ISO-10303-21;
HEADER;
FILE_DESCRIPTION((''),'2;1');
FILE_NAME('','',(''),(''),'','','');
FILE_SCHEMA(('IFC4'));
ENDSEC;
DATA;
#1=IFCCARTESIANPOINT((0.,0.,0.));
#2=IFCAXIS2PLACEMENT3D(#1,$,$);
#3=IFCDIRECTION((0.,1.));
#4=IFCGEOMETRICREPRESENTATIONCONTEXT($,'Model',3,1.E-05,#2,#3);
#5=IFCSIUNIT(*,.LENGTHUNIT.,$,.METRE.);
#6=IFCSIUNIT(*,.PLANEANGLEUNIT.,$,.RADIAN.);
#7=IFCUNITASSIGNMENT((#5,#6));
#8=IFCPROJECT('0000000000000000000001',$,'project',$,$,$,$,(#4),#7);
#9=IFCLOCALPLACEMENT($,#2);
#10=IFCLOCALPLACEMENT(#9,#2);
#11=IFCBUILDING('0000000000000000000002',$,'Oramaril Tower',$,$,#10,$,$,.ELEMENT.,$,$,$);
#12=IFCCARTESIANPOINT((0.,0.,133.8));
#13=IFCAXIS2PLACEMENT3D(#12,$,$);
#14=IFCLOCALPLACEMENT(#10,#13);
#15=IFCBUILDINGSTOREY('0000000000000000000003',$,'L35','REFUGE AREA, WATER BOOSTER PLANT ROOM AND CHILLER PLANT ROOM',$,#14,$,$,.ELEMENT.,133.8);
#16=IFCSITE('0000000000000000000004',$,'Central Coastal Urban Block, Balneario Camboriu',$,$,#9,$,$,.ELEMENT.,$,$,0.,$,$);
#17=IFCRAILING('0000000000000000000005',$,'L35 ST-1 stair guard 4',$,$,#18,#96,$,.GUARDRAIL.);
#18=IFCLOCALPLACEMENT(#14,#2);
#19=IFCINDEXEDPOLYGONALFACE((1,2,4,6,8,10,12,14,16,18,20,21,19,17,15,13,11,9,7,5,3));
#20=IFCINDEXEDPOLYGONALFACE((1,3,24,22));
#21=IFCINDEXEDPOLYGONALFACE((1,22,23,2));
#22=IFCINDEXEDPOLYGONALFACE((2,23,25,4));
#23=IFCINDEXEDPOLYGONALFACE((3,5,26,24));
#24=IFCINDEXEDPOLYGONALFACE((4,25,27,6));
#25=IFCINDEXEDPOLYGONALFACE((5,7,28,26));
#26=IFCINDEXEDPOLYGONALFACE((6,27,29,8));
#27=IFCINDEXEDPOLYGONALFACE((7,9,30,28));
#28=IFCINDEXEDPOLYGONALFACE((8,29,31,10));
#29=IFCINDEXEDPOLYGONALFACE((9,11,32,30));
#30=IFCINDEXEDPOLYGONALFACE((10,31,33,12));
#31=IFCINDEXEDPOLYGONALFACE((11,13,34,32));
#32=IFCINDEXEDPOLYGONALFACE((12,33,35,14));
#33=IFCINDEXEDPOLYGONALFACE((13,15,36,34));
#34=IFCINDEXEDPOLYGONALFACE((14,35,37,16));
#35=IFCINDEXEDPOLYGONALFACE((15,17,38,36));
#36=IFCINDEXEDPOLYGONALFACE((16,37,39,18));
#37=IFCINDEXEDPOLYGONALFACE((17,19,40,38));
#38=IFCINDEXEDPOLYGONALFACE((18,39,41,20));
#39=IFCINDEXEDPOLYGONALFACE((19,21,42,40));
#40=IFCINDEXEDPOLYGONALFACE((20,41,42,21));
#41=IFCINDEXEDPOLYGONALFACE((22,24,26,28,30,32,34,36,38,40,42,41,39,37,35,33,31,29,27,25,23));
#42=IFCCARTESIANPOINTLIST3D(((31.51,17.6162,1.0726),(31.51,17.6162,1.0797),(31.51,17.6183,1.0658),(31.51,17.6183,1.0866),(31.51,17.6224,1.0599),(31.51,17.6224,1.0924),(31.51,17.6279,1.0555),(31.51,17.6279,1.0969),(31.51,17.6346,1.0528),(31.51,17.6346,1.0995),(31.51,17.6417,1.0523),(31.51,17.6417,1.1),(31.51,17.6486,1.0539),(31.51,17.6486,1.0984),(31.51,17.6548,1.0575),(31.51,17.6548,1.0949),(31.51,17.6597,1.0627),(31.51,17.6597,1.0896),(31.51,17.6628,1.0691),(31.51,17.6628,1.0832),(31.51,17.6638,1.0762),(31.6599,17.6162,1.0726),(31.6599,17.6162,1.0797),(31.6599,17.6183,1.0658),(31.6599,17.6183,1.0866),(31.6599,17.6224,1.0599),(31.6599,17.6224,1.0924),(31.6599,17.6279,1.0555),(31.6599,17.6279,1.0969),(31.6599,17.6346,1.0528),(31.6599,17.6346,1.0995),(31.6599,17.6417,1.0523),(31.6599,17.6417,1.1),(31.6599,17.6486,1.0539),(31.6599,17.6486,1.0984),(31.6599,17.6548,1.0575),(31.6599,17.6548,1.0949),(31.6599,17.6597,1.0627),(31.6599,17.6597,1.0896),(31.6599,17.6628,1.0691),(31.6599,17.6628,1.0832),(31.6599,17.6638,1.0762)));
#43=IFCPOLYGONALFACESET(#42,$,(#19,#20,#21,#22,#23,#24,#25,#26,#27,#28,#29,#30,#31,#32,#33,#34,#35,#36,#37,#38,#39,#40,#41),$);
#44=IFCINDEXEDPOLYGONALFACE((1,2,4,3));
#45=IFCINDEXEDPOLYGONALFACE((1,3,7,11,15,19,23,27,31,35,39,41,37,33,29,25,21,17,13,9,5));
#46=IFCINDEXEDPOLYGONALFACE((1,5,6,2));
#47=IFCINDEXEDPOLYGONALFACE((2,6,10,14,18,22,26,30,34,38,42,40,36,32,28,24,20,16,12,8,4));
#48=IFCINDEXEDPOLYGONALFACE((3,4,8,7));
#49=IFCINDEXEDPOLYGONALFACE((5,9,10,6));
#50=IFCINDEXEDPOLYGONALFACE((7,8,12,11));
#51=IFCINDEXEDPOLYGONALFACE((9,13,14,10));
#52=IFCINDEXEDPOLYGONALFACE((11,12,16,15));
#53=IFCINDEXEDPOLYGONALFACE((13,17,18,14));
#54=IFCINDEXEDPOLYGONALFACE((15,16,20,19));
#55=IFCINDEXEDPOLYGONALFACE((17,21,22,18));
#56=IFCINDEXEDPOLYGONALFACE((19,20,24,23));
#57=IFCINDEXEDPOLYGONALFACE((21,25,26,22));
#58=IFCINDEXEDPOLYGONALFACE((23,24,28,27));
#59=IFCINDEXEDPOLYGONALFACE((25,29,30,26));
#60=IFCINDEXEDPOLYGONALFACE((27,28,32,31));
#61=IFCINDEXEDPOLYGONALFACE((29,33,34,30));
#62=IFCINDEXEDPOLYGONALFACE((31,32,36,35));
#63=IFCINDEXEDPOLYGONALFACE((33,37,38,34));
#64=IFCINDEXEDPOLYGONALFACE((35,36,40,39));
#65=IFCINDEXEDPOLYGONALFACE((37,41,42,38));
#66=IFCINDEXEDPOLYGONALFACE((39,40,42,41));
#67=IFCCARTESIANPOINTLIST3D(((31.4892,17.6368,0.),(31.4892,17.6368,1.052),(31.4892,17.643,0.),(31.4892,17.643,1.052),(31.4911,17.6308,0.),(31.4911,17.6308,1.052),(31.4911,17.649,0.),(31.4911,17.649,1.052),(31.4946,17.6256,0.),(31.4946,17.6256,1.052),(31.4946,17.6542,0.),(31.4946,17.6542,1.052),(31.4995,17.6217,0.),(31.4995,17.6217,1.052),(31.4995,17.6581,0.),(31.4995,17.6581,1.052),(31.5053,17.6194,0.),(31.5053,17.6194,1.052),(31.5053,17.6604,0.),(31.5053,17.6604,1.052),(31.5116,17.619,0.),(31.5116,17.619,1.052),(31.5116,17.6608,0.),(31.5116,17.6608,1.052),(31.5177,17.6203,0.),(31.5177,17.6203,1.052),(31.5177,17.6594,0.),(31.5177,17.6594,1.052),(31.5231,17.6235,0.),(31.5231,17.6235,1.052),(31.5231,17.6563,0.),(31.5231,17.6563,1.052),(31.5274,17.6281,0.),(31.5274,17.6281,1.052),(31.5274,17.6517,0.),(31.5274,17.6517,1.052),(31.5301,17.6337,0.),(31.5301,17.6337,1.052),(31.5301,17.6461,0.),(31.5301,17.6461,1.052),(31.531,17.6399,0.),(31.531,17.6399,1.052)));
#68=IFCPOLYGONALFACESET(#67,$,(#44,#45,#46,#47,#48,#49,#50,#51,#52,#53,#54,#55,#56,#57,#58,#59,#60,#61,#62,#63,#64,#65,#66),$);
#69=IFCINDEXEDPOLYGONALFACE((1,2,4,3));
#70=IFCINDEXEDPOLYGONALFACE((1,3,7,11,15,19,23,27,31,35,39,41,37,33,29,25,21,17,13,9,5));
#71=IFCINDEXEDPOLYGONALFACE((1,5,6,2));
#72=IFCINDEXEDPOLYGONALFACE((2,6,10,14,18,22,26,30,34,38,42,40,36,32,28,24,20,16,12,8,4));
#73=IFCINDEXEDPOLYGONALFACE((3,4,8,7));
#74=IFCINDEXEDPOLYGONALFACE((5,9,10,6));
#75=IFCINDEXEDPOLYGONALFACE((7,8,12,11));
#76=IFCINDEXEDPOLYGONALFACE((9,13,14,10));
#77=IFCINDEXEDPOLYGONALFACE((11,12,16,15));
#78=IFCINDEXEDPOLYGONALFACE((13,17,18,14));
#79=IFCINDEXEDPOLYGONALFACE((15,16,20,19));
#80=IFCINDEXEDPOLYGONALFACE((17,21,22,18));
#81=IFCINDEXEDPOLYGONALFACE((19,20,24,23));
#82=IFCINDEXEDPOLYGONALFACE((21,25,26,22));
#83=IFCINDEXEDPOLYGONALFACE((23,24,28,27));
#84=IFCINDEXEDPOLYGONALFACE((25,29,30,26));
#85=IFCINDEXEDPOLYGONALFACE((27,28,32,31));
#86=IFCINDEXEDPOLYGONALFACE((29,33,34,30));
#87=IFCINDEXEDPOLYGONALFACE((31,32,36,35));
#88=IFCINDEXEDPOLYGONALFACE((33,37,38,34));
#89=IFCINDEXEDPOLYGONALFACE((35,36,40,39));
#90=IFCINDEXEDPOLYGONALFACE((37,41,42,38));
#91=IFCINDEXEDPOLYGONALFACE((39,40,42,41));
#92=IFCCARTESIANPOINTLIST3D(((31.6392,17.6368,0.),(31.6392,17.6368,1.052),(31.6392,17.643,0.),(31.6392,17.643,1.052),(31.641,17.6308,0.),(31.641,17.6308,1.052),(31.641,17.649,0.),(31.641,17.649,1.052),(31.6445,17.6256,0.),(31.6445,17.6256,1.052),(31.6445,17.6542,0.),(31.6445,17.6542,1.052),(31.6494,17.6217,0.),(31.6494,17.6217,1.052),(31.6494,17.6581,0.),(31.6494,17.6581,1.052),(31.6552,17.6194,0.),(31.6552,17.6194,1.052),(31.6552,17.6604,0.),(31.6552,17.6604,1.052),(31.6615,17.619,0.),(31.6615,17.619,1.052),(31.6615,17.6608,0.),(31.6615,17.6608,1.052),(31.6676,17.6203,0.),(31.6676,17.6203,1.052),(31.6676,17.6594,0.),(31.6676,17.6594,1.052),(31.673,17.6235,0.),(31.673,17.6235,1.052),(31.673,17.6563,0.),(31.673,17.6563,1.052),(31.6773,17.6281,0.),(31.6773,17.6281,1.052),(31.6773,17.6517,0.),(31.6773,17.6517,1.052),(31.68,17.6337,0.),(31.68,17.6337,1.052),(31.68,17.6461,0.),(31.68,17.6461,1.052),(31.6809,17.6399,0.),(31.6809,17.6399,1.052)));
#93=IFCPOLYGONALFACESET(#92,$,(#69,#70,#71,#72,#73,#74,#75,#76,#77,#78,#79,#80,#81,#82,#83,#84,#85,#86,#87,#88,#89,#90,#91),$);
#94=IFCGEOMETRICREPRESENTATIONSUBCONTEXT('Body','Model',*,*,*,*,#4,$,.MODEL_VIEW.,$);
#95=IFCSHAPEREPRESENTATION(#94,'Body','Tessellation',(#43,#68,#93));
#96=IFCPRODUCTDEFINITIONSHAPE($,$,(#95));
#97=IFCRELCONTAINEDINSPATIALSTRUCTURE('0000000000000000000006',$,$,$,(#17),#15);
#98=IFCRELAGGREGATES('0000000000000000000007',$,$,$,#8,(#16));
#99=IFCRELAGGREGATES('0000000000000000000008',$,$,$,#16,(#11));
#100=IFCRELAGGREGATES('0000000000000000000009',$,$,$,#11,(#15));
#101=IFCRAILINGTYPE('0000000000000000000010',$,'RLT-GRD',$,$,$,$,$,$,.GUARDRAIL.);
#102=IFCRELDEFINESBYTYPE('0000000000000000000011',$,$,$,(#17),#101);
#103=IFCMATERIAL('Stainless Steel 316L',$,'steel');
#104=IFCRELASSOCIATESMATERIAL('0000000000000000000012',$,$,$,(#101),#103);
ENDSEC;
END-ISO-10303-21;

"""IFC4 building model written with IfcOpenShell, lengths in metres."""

from ifc_helpers import new_model, si_unit, direction, frame, origin, origin_2d, place, context, subcontext, project, spatial, circle, extrude, material, type_object, element, save


model = new_model("IFC4")

# Units and contexts
model_context = context("Model", 3, precision=1e-05, world=origin(), true_north=direction((0.0, 1.0)))
body_context = subcontext(model_context, "Body", "Model", "MODEL_VIEW")
ifc_project = project(units=[si_unit("LENGTHUNIT", "METRE"), si_unit("PLANEANGLEUNIT", "RADIAN")], contexts=[model_context])

# Site, building, storey
site_placement = place(None, origin())
site = spatial("IfcSite", under=ifc_project, at=site_placement, Name="Central Coastal Urban Block, Balneario Camboriu", CompositionType="ELEMENT", RefElevation=0.0)
building_placement = place(site_placement, origin())
building = spatial("IfcBuilding", under=site, at=building_placement, Name="Oramaril Tower", CompositionType="ELEMENT")
storey_placement = place(building_placement, frame((0.0, 0.0, 133.8)))
storey = spatial("IfcBuildingStorey", under=building, at=storey_placement, Name="L35", Description="REFUGE AREA, WATER BOOSTER PLANT ROOM AND CHILLER PLANT ROOM", CompositionType="ELEMENT", Elevation=133.8)

# Railing
ifc_material_1 = material(Name="Stainless Steel 316L", Category="steel")
railing_type_1 = type_object("IfcRailingType", Name="RLT-GRD", PredefinedType="GUARDRAIL", material=ifc_material_1)
railing_1_placement = place(storey_placement, frame((31.51, 17.6399, 0.0)))
element("IfcRailing", 1, at=railing_1_placement, inside=storey, type_object=railing_type_1, Name="L35 ST-1 stair guard 4", PredefinedType="GUARDRAIL", context=body_context, shape_type="SweptSolid", body=[
    extrude(circle(Radius=0.0239, at=origin_2d()), frame((0.0, 0.0, 1.0762), z_axis=(1.0, 0.0, 0.0), x_axis=(0.0, 1.0, 0.0)), (0.0, 0.0, 1.0), 0.1499),
    extrude(circle(Radius=0.021, at=origin_2d()), origin(), (0.0, 0.0, 1.0), 1.052),
    extrude(circle(Radius=0.021, at=origin_2d()), frame((0.1499, 0.0, 0.0)), (0.0, 0.0, 1.0), 1.052),
])

save(model, "model.ifc")
